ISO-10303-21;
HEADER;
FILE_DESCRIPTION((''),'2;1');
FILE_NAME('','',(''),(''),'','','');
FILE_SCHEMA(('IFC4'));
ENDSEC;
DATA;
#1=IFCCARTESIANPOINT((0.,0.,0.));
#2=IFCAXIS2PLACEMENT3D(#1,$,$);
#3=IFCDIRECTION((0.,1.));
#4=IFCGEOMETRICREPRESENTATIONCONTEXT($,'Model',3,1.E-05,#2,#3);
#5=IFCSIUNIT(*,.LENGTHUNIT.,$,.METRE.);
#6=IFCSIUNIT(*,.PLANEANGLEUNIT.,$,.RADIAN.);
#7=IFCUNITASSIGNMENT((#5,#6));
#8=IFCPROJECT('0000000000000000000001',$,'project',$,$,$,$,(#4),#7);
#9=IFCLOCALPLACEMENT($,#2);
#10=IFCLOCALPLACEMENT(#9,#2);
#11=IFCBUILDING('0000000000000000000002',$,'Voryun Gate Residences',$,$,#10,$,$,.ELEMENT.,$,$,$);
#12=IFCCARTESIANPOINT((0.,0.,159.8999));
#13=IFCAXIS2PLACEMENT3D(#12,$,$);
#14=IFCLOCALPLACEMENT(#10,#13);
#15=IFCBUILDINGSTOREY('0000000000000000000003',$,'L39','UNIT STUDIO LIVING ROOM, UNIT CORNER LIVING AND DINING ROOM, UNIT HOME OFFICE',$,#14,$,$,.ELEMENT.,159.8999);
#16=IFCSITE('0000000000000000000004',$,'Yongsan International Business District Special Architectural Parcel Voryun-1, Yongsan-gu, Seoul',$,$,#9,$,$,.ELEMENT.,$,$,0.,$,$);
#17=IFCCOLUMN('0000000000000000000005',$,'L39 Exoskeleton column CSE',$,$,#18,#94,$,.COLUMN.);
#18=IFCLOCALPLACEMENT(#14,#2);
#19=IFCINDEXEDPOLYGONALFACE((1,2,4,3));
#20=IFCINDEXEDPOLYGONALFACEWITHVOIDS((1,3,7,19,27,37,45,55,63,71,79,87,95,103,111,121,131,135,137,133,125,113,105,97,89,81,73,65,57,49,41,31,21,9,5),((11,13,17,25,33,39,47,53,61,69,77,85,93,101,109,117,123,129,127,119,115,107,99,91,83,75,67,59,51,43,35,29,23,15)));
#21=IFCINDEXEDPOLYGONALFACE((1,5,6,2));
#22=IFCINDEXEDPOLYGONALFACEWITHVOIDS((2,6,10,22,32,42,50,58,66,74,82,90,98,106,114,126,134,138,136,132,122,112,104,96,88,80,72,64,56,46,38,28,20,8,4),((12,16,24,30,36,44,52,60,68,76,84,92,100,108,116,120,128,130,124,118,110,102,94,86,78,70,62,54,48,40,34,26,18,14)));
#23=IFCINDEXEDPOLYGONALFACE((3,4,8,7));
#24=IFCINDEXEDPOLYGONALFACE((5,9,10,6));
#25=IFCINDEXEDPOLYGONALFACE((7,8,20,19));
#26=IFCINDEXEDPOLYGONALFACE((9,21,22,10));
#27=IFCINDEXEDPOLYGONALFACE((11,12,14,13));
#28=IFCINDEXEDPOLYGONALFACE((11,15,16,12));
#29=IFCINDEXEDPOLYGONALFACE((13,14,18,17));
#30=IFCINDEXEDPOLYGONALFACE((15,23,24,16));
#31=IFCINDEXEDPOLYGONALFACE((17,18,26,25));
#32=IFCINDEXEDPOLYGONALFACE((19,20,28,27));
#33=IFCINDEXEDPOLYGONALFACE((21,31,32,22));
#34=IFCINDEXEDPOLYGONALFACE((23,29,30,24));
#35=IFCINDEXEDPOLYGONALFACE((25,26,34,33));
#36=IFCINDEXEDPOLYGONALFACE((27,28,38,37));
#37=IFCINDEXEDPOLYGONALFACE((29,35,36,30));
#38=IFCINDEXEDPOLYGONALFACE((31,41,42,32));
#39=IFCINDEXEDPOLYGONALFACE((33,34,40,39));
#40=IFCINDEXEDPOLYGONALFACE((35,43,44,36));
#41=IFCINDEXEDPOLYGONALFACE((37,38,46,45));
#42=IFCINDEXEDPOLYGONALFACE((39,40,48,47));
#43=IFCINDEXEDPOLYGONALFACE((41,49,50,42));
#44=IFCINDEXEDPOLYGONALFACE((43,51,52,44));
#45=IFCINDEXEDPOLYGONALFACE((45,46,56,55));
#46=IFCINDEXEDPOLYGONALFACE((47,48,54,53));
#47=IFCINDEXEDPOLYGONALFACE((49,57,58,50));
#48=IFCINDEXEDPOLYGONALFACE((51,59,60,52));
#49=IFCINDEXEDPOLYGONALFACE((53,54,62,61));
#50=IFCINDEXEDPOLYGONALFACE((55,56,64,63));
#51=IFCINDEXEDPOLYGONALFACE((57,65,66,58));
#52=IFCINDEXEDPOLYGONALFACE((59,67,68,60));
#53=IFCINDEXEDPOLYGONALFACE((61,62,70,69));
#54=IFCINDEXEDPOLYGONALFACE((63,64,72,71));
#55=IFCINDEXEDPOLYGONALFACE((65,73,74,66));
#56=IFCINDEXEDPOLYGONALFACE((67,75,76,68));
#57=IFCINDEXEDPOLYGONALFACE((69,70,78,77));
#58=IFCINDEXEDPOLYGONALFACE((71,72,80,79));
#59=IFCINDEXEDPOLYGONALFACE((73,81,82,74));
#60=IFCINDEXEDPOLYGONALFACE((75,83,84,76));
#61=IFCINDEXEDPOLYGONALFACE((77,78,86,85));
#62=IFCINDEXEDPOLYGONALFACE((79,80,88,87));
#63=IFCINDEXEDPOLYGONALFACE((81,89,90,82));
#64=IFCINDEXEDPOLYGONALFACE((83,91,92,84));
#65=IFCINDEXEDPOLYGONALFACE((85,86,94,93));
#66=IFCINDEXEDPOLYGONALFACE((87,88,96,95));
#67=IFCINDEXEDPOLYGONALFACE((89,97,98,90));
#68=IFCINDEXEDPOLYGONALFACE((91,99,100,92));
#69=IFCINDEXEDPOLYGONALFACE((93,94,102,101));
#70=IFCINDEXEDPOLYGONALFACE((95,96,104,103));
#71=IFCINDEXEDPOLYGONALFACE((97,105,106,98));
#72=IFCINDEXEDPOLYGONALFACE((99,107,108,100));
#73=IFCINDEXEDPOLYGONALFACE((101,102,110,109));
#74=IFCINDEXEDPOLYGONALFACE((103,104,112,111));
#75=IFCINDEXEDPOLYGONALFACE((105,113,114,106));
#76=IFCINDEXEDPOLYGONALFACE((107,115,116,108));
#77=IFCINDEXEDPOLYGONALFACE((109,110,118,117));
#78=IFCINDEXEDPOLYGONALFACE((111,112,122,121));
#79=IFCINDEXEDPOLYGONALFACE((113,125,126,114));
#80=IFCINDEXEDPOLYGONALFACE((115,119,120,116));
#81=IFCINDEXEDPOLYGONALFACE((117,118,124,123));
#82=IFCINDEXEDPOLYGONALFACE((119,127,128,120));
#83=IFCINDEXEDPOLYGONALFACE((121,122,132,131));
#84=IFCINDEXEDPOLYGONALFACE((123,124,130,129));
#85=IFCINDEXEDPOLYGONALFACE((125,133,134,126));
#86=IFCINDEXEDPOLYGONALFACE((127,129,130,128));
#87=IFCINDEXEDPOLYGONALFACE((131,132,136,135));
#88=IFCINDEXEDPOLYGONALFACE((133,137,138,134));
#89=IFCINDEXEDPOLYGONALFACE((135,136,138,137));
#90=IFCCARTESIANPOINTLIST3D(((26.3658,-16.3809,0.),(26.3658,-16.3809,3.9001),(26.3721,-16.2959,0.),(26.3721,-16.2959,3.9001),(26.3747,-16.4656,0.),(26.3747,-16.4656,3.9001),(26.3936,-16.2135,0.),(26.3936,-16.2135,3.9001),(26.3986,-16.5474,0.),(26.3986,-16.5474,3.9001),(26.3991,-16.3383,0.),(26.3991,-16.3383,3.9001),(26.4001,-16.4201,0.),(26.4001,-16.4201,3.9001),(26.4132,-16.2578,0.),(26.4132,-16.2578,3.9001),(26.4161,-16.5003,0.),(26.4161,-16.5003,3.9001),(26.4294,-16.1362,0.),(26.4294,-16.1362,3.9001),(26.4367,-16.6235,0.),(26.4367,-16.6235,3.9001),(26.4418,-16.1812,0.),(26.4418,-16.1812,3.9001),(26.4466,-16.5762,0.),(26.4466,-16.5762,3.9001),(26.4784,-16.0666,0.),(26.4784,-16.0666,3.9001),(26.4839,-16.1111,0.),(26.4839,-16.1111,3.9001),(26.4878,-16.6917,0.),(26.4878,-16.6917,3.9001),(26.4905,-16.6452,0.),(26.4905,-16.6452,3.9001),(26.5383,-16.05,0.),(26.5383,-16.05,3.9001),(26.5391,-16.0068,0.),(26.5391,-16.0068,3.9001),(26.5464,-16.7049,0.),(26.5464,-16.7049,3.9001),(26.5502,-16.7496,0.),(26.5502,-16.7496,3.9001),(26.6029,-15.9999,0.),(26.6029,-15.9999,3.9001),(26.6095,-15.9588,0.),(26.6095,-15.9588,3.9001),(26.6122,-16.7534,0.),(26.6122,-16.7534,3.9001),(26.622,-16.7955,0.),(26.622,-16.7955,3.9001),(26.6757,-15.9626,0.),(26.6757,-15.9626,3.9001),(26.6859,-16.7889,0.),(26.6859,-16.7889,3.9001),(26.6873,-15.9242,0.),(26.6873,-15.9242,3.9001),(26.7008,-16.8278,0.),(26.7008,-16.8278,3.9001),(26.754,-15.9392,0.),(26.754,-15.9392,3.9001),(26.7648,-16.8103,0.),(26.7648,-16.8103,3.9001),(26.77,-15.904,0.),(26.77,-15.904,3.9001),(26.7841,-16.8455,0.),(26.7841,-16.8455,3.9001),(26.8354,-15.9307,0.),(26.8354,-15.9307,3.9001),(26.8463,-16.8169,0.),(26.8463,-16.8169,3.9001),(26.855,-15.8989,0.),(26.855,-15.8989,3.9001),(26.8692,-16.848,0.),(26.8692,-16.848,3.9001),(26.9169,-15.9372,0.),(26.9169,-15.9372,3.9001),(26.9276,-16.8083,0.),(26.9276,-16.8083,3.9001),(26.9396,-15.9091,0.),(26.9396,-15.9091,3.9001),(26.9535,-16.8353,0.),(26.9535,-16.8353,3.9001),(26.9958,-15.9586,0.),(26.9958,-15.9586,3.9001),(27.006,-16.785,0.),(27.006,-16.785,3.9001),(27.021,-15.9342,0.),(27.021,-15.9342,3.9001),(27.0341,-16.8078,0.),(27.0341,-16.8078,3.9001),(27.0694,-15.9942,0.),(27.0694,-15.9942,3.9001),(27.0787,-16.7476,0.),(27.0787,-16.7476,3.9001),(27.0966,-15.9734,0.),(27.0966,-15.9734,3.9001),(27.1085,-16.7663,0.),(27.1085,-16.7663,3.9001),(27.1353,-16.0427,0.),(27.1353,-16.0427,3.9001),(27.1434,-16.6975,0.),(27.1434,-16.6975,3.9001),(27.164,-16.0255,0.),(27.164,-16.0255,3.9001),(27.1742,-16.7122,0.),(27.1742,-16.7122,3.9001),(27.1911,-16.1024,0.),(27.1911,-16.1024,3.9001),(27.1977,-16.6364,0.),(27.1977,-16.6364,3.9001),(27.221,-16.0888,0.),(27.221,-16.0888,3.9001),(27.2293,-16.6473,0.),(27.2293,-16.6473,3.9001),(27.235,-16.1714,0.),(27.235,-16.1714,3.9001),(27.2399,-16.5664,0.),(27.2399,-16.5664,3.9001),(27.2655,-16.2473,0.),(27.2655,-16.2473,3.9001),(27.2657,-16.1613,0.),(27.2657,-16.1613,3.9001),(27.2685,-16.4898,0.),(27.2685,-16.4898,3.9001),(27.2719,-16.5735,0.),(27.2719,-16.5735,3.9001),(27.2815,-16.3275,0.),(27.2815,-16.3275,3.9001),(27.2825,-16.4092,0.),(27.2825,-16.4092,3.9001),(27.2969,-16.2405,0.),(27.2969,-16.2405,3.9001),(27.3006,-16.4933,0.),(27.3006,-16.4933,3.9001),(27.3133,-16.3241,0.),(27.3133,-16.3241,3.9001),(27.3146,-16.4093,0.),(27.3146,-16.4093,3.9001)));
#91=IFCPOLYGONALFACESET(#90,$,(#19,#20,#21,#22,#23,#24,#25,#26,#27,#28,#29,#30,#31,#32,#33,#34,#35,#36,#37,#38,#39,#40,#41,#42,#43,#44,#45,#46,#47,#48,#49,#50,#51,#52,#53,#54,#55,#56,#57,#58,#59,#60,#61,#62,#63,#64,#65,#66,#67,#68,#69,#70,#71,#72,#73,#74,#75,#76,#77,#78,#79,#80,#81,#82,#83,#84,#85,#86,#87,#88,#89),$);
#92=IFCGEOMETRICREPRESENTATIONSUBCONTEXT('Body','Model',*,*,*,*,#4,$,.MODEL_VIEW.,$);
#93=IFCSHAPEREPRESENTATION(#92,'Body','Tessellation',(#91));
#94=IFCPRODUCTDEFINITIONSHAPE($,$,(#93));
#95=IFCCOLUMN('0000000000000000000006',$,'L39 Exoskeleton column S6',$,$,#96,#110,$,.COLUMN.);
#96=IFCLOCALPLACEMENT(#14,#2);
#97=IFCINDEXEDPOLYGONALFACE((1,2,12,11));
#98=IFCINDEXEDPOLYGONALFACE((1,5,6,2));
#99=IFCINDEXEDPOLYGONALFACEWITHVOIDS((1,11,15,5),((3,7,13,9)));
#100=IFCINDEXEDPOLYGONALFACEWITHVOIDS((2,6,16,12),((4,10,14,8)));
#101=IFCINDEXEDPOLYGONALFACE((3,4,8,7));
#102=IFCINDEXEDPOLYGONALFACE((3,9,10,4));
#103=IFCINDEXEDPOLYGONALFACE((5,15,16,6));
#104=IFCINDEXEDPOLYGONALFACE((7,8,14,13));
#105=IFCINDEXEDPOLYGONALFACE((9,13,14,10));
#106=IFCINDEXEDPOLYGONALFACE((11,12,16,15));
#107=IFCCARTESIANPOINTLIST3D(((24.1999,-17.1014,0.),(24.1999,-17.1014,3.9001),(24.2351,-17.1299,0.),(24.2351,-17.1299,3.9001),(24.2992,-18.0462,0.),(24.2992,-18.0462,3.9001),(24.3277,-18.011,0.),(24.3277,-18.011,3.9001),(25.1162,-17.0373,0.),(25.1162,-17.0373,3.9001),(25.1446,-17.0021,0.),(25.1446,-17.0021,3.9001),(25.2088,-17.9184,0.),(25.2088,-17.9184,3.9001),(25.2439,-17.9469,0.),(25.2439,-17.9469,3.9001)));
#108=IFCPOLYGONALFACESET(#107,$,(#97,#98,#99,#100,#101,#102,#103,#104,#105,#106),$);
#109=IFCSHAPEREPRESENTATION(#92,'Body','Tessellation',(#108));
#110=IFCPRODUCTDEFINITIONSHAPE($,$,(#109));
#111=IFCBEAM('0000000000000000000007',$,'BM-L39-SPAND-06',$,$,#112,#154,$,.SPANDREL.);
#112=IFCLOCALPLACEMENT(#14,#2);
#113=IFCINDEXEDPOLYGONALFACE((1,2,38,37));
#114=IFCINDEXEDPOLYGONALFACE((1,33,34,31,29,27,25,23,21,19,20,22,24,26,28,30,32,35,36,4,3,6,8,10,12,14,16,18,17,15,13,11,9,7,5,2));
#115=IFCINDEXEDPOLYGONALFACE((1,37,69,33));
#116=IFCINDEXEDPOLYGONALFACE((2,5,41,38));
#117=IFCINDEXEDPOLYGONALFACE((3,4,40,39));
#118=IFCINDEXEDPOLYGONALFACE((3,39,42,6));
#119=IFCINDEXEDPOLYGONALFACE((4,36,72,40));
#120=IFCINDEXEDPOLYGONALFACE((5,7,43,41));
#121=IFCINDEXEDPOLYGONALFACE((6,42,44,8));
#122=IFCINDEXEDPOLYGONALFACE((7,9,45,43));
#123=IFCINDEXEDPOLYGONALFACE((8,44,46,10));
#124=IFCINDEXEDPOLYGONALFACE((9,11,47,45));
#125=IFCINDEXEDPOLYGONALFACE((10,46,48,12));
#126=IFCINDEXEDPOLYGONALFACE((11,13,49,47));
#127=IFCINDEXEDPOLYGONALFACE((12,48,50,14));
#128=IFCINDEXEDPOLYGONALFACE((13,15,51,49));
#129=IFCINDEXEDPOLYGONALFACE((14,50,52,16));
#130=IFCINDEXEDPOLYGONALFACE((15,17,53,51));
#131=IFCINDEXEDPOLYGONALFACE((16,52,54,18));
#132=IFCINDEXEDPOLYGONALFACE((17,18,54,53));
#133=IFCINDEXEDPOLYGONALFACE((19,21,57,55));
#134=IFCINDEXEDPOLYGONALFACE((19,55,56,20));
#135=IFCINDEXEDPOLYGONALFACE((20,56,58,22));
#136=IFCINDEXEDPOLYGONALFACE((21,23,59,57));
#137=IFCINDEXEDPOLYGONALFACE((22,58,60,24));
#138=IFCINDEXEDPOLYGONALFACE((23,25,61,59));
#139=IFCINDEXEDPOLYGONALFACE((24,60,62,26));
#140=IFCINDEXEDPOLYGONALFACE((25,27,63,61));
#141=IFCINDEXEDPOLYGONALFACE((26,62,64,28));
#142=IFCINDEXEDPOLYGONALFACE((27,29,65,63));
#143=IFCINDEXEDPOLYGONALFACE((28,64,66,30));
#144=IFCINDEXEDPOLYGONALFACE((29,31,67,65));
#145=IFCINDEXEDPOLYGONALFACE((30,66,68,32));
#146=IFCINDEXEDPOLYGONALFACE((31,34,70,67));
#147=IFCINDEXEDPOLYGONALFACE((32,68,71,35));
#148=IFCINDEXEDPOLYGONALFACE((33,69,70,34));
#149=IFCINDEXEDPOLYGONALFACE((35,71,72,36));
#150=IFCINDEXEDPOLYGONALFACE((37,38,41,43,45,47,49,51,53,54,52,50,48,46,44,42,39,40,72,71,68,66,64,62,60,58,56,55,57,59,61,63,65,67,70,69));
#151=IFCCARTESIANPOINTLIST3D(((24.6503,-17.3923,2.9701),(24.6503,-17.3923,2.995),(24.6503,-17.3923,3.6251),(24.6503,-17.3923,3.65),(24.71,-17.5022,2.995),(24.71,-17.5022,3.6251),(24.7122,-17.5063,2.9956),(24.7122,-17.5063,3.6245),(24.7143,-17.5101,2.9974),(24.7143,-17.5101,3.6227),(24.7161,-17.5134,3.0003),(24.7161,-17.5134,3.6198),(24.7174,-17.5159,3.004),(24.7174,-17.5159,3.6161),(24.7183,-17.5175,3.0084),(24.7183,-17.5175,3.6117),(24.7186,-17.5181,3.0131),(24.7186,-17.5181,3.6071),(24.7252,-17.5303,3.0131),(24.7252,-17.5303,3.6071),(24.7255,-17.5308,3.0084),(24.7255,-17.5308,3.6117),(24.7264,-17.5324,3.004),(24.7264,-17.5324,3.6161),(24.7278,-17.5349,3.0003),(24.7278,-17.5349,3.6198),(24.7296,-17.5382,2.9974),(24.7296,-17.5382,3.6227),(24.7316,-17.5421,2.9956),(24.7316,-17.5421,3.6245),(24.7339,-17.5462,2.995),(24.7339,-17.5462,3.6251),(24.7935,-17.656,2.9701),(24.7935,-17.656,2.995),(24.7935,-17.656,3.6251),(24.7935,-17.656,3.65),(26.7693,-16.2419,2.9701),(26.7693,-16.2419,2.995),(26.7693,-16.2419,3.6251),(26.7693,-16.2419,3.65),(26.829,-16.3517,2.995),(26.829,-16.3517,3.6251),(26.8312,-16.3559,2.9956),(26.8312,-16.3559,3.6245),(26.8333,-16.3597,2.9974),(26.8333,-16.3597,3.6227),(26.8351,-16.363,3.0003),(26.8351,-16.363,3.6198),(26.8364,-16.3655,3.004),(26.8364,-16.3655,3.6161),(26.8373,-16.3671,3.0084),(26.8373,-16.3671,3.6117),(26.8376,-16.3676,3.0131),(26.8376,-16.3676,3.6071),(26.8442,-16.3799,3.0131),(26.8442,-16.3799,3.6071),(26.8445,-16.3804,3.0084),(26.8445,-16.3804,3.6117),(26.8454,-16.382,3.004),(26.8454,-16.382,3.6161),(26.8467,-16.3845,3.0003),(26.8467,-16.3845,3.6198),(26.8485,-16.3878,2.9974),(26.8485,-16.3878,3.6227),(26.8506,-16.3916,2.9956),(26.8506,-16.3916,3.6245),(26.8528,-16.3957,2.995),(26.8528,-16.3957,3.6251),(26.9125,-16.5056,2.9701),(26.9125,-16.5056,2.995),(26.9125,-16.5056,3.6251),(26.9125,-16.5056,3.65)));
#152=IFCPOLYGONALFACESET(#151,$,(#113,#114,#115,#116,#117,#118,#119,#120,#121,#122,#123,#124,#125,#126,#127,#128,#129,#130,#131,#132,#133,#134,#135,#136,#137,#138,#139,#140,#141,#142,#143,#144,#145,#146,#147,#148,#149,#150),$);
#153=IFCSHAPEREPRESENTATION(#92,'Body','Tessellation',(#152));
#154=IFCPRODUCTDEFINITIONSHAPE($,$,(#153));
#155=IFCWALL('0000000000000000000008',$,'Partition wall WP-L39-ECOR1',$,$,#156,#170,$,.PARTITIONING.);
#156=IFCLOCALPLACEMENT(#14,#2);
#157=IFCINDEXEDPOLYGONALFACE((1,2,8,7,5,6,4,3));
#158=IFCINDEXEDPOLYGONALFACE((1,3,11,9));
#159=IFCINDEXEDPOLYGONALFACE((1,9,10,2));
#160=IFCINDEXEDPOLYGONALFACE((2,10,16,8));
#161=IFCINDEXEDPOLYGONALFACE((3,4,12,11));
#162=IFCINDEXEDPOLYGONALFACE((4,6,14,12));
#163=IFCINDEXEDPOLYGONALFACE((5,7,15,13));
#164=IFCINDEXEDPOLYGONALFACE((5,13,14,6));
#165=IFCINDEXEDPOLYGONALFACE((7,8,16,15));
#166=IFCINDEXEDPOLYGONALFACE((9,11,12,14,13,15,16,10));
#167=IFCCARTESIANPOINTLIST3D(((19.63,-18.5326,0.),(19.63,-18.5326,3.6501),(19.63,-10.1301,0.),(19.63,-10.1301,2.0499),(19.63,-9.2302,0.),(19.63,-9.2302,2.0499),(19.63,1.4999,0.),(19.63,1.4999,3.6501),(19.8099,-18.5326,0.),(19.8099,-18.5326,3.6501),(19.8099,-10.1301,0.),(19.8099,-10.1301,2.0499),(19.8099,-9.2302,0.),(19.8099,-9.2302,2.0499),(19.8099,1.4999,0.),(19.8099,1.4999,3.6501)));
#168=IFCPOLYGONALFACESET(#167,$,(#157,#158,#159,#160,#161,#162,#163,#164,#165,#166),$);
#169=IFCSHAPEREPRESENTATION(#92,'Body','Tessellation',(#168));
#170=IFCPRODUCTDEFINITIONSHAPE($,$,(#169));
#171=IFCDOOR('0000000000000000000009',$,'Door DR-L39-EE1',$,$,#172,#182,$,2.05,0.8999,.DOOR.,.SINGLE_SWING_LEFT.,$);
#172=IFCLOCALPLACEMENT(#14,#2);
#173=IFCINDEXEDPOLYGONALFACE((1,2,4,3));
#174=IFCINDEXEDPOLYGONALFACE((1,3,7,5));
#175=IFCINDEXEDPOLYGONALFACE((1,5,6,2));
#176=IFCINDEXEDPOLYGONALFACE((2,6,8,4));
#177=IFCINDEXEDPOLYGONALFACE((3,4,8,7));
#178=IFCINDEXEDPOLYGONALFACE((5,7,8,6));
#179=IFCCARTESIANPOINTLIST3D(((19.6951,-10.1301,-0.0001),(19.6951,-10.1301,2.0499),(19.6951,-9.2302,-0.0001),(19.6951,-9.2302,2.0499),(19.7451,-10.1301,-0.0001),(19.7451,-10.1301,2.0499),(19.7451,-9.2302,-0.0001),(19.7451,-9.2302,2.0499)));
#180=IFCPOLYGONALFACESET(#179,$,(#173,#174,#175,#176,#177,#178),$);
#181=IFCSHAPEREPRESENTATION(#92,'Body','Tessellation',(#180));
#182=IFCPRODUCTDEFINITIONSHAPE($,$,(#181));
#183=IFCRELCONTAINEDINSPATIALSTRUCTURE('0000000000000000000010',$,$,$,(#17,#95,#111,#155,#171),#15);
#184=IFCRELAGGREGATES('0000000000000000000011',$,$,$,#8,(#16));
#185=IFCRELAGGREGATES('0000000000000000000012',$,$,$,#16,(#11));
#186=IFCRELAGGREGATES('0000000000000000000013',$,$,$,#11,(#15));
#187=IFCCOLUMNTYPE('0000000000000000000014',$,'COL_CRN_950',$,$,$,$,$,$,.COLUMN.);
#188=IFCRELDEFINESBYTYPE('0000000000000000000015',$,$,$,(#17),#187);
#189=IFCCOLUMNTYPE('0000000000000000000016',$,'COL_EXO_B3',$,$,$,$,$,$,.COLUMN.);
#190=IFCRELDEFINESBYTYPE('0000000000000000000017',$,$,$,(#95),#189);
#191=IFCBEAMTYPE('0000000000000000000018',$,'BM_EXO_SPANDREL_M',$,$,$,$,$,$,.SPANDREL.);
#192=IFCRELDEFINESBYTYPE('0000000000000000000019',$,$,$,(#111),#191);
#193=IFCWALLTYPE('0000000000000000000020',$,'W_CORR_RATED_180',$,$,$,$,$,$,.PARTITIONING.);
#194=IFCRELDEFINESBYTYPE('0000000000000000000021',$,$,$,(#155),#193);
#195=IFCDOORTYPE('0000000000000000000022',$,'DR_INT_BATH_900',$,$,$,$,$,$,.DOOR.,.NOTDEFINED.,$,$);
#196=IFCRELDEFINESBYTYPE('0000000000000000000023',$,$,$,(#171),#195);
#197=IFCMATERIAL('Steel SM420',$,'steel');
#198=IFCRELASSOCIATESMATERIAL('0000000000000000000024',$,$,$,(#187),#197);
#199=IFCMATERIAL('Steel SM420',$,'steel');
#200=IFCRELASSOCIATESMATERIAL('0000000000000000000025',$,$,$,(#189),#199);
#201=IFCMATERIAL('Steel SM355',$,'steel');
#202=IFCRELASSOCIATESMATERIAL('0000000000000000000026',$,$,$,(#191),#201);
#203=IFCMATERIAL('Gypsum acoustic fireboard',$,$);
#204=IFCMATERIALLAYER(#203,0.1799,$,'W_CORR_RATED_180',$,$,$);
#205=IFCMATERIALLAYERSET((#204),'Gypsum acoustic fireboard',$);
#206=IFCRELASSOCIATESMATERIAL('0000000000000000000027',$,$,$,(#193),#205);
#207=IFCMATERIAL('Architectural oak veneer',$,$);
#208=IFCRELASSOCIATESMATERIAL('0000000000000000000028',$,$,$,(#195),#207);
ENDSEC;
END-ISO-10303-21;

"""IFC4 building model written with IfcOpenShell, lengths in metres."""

from ifc_helpers import new_model, si_unit, direction, frame, frame_2d, origin, origin_2d, place, context, subcontext, project, spatial, rectangle, hollow_rectangle, hollow_circle, i_section, extrude, material, layer, layer_set, material_profile, profile_set, type_object, element, fill, save


model = new_model("IFC4")

# Units and contexts
model_context = context("Model", 3, precision=1e-05, world=origin(), true_north=direction((0.0, 1.0)))
body_context = subcontext(model_context, "Body", "Model", "MODEL_VIEW")
ifc_project = project(units=[si_unit("LENGTHUNIT", "METRE"), si_unit("PLANEANGLEUNIT", "RADIAN")], contexts=[model_context])

# Site, building, storey
site_placement = place(None, origin())
site = spatial("IfcSite", under=ifc_project, at=site_placement, Name="Yongsan International Business District Special Architectural Parcel Voryun-1, Yongsan-gu, Seoul", CompositionType="ELEMENT", RefElevation=0.0)
building_placement = place(site_placement, origin())
building = spatial("IfcBuilding", under=site, at=building_placement, Name="Voryun Gate Residences", CompositionType="ELEMENT")
storey_placement = place(building_placement, frame((0.0, 0.0, 159.8999)))
storey = spatial("IfcBuildingStorey", under=building, at=storey_placement, Name="L39", Description="UNIT STUDIO LIVING ROOM, UNIT CORNER LIVING AND DINING ROOM, UNIT HOME OFFICE", CompositionType="ELEMENT", Elevation=159.8999)

# Columns
ifc_material_1 = material(Name="Steel SM420", Category="steel")
ifc_material_profile_1 = material_profile(ifc_material_1, hollow_circle(Radius=0.4751, WallThickness=0.032, at=origin_2d()), Name="CHS-950x32")
ifc_profile_set_1 = profile_set([ifc_material_profile_1], Name="Steel SM420")
column_type_1 = type_object("IfcColumnType", Name="COL_CRN_950", PredefinedType="COLUMN", material=ifc_profile_set_1)
column_1_placement = place(storey_placement, frame((26.8408, -16.3738, 0.0), z_axis=(0.0, 0.0, 1.0), x_axis=(0.994522, 0.104528, 0.0)))
element("IfcColumn", 1, at=column_1_placement, inside=storey, type_object=column_type_1, Name="L39 Exoskeleton column CSE", PredefinedType="COLUMN", context=body_context, shape_type="SweptSolid", body=[
    extrude(hollow_circle(Radius=0.4751, WallThickness=0.032, at=origin_2d()), origin(), (0.0, 0.0, 1.0), 3.9001),
])
ifc_material_2 = material(Name="Steel SM420", Category="steel")
ifc_material_profile_2 = material_profile(ifc_material_2, hollow_rectangle(XDim=0.95, YDim=0.95, WallThickness=0.032, at=origin_2d()), Name="BOX-950x950x32")
ifc_profile_set_2 = profile_set([ifc_material_profile_2], Name="Steel SM420")
column_type_2 = type_object("IfcColumnType", Name="COL_EXO_B3", PredefinedType="COLUMN", material=ifc_profile_set_2)
column_2_placement = place(storey_placement, frame((24.7219, -17.5242, 0.0), z_axis=(0.0, 0.0, 1.0), x_axis=(0.994522, 0.104528, 0.0)))
element("IfcColumn", 2, at=column_2_placement, inside=storey, type_object=column_type_2, Name="L39 Exoskeleton column S6", PredefinedType="COLUMN", context=body_context, shape_type="SweptSolid", body=[
    extrude(hollow_rectangle(XDim=0.95, YDim=0.95, WallThickness=0.032, at=origin_2d()), origin(), (0.0, 0.0, 1.0), 3.9001),
])

# Beam
ifc_material_3 = material(Name="Steel SM355", Category="steel")
ifc_material_profile_3 = material_profile(ifc_material_3, i_section(OverallWidth=0.3, OverallDepth=0.6799, WebThickness=0.0139, FlangeThickness=0.0249, FilletRadius=0.0181, at=origin_2d()), Name="H-680x300x14x25")
ifc_profile_set_3 = profile_set([ifc_material_profile_3], Name="Steel SM355")
beam_type = type_object("IfcBeamType", Name="BM_EXO_SPANDREL_M", PredefinedType="SPANDREL", material=ifc_profile_set_3)
beam_placement = place(storey_placement, frame((24.7219, -17.5242, 3.3101), z_axis=(0.87883, 0.477134, 0.0), x_axis=(-0.477134, 0.87883, 0.0)))
element("IfcBeam", 3, at=beam_placement, inside=storey, type_object=beam_type, Name="BM-L39-SPAND-06", PredefinedType="SPANDREL", context=body_context, shape_type="SweptSolid", body=[
    extrude(i_section(OverallWidth=0.3, OverallDepth=0.6799, WebThickness=0.0139, FlangeThickness=0.0249, FilletRadius=0.0181, at=origin_2d()), origin(), (0.0, 0.0, 1.0), 2.4111),
])

# Wall, opening, door
ifc_material_4 = material(Name="Gypsum acoustic fireboard")
ifc_layer_1 = layer(ifc_material_4, 0.1799, Name="W_CORR_RATED_180")
ifc_layer_set_1 = layer_set([ifc_layer_1], Name="Gypsum acoustic fireboard")
wall_type_1 = type_object("IfcWallType", Name="W_CORR_RATED_180", PredefinedType="PARTITIONING", material=ifc_layer_set_1)
wall_1_placement = place(storey_placement, frame((19.72, -18.5325, 0.0), z_axis=(0.0, 0.0, 1.0), x_axis=(0.0, 1.0, 0.0)))
wall_1 = element("IfcWall", 4, at=wall_1_placement, inside=storey, type_object=wall_type_1, Name="Partition wall WP-L39-ECOR1", PredefinedType="PARTITIONING", context=body_context, shape_type="SweptSolid", body=[
    extrude(rectangle(XDim=20.0325, YDim=0.1799, at=frame_2d((10.0161, 0.0))), origin(), (0.0, 0.0, 1.0), 3.6501),
])
opening_1_placement = place(wall_1_placement, frame((8.4023, 0.0, 0.0)))
opening_1 = element("IfcOpeningElement", 5, at=opening_1_placement, cuts=wall_1, PredefinedType="OPENING", context=body_context, shape_type="SweptSolid", body=[
    extrude(rectangle(XDim=0.8999, YDim=2.05, at=frame_2d((0.45, 1.0249))), frame((0.0, 0.0999, 0.0), z_axis=(0.0, -1.0, 0.0), x_axis=(1.0, 0.0, 0.0)), (0.0, 0.0, 1.0), 0.2),
])
ifc_material_5 = material(Name="Architectural oak veneer")
door_type = type_object("IfcDoorType", Name="DR_INT_BATH_900", OperationType="NOTDEFINED", PredefinedType="DOOR", material=ifc_material_5)
door_1_placement = place(opening_1_placement, origin())
door_1 = element("IfcDoor", 6, at=door_1_placement, inside=storey, type_object=door_type, Name="Door DR-L39-EE1", OperationType="SINGLE_SWING_LEFT", OverallHeight=2.05, OverallWidth=0.8999, PredefinedType="DOOR", context=body_context, shape_type="SweptSolid", body=[
    extrude(rectangle(XDim=0.8999, YDim=2.05, at=frame_2d((0.45, 1.0249))), frame((0.0, 0.0249, 0.0), z_axis=(0.0, -1.0, 0.0), x_axis=(1.0, 0.0, 0.0)), (0.0, 0.0, 1.0), 0.05),
])
fill(opening_1, door_1)

save(model, "model.ifc")
